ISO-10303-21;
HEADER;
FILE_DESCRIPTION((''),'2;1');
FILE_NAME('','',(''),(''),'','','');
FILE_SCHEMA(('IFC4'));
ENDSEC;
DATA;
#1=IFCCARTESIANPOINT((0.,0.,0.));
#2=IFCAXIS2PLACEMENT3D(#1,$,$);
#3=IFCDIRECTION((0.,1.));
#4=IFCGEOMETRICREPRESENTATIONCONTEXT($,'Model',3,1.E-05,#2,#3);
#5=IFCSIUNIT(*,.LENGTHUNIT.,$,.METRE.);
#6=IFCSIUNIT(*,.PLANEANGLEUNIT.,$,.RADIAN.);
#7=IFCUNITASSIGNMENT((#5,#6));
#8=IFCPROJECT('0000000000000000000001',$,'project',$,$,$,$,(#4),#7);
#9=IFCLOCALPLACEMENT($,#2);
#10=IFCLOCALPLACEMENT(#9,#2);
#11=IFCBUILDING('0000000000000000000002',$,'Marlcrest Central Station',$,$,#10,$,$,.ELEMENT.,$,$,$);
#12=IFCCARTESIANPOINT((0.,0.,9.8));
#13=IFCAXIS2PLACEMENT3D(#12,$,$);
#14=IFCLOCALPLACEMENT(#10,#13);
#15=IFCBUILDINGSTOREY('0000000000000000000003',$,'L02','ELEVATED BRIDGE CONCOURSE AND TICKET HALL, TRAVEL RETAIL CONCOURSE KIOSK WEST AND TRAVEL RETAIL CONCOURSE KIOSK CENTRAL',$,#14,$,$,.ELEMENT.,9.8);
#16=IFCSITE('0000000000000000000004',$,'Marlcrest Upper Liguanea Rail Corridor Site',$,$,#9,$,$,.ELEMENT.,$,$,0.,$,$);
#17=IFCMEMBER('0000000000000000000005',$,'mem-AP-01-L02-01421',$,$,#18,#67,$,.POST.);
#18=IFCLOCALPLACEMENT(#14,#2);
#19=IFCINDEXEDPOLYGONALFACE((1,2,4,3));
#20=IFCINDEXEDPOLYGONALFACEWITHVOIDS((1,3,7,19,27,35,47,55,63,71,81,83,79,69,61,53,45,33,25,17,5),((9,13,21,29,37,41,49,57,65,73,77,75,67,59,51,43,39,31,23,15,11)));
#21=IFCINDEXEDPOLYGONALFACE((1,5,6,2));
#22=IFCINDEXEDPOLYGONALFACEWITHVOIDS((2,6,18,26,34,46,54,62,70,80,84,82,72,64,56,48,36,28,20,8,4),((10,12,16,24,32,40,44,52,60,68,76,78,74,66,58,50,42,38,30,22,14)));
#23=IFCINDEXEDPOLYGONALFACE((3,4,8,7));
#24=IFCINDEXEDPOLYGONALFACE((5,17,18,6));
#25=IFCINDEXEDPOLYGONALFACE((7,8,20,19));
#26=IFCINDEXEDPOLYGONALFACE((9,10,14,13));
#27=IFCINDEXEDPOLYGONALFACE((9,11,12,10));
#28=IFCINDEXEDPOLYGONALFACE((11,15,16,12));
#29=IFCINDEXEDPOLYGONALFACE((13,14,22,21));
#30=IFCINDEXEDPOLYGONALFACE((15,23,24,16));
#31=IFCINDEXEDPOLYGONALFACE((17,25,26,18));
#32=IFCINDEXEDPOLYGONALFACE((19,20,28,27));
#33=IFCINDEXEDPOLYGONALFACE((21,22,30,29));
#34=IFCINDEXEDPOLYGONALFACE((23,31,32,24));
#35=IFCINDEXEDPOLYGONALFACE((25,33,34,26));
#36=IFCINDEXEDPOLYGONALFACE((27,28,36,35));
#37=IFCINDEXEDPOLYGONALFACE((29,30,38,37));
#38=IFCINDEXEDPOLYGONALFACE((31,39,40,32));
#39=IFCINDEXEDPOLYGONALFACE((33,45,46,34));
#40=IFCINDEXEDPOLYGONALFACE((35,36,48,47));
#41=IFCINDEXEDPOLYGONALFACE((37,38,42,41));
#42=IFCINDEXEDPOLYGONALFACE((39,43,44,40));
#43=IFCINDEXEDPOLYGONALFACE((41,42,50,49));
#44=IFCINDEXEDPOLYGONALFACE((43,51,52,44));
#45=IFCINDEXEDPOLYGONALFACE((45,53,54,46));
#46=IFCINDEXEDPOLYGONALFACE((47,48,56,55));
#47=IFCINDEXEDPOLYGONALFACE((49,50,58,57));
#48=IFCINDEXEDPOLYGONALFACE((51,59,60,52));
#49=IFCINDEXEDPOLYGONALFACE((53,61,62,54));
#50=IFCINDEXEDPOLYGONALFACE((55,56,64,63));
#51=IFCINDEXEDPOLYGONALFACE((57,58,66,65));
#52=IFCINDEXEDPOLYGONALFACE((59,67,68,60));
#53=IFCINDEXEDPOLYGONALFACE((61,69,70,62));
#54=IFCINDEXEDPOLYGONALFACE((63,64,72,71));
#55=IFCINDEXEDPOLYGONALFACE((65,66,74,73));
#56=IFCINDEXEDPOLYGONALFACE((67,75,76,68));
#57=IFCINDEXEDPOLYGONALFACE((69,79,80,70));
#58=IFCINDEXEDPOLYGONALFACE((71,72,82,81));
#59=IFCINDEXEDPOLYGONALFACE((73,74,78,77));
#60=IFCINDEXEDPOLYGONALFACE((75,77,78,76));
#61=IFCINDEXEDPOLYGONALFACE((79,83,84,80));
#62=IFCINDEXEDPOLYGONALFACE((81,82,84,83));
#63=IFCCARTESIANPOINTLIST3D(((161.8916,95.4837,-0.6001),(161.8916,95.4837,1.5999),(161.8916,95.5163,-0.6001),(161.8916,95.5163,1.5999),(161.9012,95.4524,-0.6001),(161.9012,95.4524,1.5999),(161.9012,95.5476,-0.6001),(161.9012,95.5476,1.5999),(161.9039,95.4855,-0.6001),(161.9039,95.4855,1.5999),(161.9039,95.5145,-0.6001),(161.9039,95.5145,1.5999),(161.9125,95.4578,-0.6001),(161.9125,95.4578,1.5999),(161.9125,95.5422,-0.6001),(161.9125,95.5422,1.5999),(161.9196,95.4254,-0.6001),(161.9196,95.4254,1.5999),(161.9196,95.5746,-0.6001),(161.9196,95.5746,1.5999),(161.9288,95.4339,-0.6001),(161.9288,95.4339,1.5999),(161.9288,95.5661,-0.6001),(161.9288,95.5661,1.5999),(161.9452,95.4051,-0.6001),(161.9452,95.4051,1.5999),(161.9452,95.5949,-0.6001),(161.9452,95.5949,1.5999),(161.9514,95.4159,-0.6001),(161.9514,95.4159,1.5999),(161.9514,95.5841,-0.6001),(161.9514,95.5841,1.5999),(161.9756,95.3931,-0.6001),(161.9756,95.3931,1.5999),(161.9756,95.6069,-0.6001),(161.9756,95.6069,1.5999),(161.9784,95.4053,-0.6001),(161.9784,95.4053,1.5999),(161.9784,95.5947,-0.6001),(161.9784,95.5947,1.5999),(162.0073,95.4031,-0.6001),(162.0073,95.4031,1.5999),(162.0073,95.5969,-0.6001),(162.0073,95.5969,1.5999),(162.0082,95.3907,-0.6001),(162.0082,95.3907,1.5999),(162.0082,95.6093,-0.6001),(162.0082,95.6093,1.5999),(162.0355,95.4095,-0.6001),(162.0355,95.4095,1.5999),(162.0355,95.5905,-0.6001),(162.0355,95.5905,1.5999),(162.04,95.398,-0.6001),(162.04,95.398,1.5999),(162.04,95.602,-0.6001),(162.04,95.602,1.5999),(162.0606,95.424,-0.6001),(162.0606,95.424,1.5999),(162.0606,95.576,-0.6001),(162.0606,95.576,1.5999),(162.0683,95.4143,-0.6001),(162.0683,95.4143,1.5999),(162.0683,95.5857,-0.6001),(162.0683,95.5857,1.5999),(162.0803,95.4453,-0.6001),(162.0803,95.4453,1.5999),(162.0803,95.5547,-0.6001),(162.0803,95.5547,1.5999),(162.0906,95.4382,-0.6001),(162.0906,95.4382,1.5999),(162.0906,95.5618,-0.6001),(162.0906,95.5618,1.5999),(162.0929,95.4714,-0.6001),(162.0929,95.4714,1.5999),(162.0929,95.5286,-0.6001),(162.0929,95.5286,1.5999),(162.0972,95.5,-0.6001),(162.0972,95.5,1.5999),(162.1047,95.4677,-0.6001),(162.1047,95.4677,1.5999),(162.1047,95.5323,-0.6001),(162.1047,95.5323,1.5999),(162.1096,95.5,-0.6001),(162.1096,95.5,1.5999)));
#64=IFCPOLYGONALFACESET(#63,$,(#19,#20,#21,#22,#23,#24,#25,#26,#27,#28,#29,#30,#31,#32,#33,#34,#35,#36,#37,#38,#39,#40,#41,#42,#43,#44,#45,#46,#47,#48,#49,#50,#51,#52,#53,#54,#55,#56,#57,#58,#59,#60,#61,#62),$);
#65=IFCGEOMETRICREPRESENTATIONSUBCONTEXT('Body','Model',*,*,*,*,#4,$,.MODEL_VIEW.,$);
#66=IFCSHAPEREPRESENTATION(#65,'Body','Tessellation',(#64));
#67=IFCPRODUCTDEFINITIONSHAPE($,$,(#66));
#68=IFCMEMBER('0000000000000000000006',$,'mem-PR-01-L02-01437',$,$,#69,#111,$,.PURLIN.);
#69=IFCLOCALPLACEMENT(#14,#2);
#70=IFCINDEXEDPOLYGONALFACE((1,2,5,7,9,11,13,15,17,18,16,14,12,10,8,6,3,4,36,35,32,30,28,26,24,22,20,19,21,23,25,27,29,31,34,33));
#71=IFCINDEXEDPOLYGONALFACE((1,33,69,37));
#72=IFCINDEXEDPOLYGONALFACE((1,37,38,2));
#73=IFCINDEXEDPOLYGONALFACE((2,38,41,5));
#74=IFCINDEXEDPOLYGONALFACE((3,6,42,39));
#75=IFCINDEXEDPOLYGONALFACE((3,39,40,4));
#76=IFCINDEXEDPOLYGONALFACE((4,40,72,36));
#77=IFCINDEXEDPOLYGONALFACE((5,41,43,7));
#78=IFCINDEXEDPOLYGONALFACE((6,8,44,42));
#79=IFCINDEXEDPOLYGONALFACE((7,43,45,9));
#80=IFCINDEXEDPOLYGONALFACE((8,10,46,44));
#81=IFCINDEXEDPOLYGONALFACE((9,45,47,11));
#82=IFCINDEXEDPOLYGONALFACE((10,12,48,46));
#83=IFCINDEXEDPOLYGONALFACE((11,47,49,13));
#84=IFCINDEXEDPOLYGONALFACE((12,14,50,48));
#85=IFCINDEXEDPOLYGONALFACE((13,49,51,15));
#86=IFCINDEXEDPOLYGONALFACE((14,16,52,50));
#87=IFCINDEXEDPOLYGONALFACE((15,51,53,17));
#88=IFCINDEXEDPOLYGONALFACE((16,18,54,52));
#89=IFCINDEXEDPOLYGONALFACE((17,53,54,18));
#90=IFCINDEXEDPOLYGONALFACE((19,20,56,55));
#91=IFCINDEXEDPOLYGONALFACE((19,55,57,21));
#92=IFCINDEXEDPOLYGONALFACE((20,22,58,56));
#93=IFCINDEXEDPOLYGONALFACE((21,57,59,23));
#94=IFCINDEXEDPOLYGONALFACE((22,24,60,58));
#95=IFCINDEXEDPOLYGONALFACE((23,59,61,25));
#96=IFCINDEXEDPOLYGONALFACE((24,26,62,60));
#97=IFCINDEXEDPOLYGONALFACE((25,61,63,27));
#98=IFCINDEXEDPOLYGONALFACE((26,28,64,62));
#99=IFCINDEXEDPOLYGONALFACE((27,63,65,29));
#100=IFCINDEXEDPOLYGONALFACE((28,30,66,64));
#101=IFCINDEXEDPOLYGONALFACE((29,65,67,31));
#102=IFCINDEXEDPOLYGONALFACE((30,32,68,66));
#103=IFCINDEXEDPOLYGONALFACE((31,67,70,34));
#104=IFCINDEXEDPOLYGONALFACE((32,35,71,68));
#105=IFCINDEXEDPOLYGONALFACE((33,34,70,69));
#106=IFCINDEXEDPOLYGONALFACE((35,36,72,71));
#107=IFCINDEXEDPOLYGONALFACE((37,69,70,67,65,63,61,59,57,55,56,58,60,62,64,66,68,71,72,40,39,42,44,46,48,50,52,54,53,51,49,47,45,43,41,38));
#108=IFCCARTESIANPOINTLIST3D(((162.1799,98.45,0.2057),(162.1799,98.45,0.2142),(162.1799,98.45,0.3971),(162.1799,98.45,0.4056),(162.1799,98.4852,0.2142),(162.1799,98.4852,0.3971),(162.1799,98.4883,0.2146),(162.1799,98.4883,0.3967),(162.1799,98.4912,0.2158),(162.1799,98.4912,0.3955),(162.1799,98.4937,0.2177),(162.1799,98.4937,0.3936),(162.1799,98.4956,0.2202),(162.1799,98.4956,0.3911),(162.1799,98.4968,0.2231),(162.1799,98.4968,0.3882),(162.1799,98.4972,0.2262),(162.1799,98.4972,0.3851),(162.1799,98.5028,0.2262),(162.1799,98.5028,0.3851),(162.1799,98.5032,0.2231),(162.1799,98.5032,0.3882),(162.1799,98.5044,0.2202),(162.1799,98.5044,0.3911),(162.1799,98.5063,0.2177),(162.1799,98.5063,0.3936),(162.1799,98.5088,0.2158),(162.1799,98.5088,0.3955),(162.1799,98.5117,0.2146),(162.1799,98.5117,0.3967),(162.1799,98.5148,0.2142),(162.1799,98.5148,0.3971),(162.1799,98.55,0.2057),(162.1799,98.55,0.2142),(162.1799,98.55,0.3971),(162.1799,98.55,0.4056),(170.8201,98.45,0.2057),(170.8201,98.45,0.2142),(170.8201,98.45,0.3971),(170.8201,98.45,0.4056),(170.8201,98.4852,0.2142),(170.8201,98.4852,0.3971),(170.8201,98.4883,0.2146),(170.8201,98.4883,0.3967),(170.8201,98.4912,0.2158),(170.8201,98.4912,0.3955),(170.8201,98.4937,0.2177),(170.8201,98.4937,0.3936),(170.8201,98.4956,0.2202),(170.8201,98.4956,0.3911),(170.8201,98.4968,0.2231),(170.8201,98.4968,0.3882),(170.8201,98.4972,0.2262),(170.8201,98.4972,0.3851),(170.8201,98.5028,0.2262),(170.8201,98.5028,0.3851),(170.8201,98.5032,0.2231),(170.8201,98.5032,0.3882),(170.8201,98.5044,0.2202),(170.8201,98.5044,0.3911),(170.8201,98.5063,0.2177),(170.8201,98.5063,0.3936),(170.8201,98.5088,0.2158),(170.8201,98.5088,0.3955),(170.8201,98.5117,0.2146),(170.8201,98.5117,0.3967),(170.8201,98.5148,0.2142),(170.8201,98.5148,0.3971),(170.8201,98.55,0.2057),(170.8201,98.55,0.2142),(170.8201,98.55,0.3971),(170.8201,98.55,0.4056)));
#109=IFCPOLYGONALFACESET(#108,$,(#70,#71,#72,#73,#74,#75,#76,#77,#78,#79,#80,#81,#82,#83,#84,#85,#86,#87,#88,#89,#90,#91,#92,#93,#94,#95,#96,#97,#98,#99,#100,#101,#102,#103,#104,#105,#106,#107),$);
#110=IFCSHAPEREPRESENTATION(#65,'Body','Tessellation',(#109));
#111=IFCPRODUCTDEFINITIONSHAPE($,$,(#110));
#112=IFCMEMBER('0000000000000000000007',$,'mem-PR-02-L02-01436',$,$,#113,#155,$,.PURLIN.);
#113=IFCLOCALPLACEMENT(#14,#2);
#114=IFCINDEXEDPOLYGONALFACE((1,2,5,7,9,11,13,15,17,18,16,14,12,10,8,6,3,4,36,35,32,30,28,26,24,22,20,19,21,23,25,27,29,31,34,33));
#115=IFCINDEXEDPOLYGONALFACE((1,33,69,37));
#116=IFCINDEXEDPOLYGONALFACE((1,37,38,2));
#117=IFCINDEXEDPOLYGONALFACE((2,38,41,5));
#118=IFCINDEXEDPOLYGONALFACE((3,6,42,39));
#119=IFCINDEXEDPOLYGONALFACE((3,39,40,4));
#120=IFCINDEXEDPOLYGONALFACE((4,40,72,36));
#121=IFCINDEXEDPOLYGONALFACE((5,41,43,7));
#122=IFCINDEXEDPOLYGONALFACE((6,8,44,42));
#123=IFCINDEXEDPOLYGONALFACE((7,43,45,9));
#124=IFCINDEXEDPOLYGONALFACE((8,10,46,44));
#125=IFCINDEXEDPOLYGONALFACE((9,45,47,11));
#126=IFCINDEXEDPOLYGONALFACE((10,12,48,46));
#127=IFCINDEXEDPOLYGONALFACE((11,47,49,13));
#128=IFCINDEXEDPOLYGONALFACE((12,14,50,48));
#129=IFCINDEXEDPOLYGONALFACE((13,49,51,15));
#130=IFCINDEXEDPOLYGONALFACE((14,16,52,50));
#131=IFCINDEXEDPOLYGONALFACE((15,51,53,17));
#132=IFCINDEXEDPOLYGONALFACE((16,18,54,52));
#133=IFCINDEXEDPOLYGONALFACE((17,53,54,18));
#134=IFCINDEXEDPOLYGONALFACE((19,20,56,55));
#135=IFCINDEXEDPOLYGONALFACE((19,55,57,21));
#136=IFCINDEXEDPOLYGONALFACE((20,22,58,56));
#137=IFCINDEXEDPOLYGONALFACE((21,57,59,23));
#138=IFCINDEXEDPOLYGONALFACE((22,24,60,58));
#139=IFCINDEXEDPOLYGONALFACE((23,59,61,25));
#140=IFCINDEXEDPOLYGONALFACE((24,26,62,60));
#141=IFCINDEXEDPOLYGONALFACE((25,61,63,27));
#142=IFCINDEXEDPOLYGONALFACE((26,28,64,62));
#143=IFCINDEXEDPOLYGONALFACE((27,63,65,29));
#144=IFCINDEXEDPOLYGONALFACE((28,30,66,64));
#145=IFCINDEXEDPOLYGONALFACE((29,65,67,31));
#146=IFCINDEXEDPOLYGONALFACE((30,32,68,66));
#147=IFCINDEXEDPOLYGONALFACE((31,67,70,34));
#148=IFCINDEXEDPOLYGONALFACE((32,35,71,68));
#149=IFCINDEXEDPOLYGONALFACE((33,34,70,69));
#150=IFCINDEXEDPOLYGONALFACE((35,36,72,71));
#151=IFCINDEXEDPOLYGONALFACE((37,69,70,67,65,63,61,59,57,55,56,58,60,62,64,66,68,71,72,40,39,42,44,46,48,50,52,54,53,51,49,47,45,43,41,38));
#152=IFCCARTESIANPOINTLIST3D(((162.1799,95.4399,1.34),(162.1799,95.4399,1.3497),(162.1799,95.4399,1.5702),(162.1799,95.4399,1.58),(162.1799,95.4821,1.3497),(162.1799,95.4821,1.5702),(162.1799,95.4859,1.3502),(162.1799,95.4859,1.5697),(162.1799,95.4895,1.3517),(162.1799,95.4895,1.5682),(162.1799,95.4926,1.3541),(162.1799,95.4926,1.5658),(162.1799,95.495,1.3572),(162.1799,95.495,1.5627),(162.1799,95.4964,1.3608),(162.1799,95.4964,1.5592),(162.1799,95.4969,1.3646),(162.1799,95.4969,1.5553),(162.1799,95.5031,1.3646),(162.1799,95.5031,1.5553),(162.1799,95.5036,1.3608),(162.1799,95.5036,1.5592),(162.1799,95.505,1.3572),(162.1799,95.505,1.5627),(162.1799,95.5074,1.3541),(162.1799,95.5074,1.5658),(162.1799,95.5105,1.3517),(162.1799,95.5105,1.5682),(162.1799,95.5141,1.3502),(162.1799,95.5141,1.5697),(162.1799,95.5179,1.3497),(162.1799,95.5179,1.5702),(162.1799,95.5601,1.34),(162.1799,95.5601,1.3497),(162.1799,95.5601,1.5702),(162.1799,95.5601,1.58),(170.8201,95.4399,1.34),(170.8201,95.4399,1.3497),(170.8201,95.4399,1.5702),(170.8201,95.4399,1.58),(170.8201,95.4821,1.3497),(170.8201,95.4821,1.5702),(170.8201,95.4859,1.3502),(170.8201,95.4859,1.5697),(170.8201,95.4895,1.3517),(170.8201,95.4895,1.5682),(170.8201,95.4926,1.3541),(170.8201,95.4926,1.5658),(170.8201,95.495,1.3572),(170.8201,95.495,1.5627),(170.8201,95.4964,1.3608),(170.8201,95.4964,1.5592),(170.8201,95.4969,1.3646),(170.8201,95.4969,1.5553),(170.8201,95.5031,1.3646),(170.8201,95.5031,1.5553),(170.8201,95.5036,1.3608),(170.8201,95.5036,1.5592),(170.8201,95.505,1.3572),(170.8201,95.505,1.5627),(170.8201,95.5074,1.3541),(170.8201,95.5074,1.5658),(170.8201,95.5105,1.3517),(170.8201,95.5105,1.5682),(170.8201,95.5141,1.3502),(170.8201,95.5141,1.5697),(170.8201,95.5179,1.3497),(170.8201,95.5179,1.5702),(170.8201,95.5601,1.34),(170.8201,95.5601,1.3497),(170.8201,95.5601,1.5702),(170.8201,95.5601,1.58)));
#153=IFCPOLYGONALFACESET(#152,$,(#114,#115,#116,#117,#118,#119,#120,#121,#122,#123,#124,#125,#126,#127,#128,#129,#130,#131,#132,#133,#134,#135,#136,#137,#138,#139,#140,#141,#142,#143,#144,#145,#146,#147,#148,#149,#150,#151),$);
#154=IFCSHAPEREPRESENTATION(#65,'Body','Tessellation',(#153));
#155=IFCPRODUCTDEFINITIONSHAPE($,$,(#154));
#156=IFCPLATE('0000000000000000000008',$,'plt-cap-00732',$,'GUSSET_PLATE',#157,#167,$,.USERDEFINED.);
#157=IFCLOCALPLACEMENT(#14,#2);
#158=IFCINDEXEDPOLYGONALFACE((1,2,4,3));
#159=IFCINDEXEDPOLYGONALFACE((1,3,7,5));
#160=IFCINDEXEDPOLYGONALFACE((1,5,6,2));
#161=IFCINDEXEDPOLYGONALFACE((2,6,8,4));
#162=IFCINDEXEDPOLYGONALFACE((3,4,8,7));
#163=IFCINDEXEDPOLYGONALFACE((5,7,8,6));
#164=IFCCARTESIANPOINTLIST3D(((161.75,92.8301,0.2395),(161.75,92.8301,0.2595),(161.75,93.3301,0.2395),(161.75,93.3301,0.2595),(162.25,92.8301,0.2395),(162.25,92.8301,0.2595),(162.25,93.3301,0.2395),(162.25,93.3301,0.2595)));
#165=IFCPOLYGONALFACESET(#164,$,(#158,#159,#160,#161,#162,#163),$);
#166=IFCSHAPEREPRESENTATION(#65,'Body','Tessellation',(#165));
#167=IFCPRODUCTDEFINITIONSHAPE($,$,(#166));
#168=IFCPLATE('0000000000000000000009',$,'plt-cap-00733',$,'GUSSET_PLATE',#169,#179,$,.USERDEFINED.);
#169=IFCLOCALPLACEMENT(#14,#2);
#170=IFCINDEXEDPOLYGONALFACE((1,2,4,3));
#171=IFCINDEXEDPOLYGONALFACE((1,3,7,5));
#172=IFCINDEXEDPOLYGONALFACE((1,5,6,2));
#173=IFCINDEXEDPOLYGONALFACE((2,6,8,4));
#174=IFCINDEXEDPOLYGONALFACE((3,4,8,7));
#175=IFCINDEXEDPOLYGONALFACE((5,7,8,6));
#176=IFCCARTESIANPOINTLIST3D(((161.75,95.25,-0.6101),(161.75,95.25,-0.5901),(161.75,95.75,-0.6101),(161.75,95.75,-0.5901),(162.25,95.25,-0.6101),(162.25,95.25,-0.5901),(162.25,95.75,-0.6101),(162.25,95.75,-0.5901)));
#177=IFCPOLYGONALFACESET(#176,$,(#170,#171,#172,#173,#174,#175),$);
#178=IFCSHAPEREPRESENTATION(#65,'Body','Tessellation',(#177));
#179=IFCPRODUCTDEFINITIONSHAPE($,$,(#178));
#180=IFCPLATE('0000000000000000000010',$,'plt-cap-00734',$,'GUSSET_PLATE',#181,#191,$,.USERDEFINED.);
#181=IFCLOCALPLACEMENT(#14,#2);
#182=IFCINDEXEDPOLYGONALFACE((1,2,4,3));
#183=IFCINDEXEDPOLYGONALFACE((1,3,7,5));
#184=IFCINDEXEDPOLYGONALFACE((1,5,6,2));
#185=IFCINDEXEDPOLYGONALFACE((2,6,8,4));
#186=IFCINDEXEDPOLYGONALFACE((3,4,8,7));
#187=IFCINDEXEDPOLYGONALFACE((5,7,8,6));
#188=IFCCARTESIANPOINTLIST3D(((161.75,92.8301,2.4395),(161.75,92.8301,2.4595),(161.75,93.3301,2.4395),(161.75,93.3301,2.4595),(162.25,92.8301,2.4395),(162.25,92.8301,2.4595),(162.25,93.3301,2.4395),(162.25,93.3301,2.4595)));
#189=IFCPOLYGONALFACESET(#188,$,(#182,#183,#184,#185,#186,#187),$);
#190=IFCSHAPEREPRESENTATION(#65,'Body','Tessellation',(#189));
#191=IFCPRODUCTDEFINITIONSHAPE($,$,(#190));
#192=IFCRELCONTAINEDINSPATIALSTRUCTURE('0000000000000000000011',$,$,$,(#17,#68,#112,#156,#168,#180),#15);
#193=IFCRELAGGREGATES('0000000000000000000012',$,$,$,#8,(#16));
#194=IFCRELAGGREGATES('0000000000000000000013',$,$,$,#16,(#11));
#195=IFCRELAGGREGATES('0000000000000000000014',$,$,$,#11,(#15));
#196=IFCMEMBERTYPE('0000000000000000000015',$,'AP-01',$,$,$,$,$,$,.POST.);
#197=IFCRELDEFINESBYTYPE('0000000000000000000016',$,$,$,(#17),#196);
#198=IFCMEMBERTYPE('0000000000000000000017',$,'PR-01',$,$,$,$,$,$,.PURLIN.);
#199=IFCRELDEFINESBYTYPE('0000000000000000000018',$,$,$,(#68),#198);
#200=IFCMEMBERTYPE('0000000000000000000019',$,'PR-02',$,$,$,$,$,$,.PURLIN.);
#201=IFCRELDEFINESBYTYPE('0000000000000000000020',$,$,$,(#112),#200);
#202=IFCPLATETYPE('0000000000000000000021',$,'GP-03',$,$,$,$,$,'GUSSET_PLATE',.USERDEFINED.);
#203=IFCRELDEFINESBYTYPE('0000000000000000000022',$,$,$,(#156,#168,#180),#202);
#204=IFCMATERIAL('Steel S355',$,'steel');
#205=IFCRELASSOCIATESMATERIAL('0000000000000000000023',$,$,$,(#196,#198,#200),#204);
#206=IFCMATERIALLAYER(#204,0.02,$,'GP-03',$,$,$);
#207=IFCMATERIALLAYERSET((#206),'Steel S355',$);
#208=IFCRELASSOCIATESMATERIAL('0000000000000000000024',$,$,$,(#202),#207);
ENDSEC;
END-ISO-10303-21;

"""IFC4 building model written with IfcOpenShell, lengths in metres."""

from ifc_helpers import new_model, si_unit, direction, frame, origin, origin_2d, place, context, subcontext, project, spatial, rectangle, hollow_circle, i_section, extrude, material, layer, layer_set, material_profile, profile_set, type_object, element, save


model = new_model("IFC4")

# Units and contexts
model_context = context("Model", 3, precision=1e-05, world=origin(), true_north=direction((0.0, 1.0)))
body_context = subcontext(model_context, "Body", "Model", "MODEL_VIEW")
ifc_project = project(units=[si_unit("LENGTHUNIT", "METRE"), si_unit("PLANEANGLEUNIT", "RADIAN")], contexts=[model_context])

# Site, building, storey
site_placement = place(None, origin())
site = spatial("IfcSite", under=ifc_project, at=site_placement, Name="Marlcrest Upper Liguanea Rail Corridor Site", CompositionType="ELEMENT", RefElevation=0.0)
building_placement = place(site_placement, origin())
building = spatial("IfcBuilding", under=site, at=building_placement, Name="Marlcrest Central Station", CompositionType="ELEMENT")
storey_placement = place(building_placement, frame((0.0, 0.0, 9.8)))
storey = spatial("IfcBuildingStorey", under=building, at=storey_placement, Name="L02", Description="ELEVATED BRIDGE CONCOURSE AND TICKET HALL, TRAVEL RETAIL CONCOURSE KIOSK WEST AND TRAVEL RETAIL CONCOURSE KIOSK CENTRAL", CompositionType="ELEMENT", Elevation=9.8)

# Members
ifc_material_1 = material(Name="Steel S355", Category="steel")
ifc_material_profile_1 = material_profile(ifc_material_1, hollow_circle(Radius=0.1096, WallThickness=0.0125, at=origin_2d()), Name="CHS 219.1x12.5")
ifc_profile_set_1 = profile_set([ifc_material_profile_1], Name="Steel S355")
member_type_1 = type_object("IfcMemberType", Name="AP-01", PredefinedType="POST", material=ifc_profile_set_1)
for number, where, z_axis, x_axis, name in (
    (1, (162.0, 95.5, -0.6001), (0.0, 0.0, 1.0), (1.0, 0.0, 0.0), "mem-AP-01-L02-01421"),
):
    element("IfcMember", number, at=place(storey_placement, frame(where, z_axis=z_axis, x_axis=x_axis)), inside=storey, type_object=member_type_1, Name=name, PredefinedType="POST", context=body_context, shape_type="SweptSolid", body=[
        extrude(hollow_circle(Radius=0.1096, WallThickness=0.0125, at=origin_2d()), origin(), (0.0, 0.0, 1.0), 2.2),
    ])
ifc_material_profile_2 = material_profile(ifc_material_1, i_section(OverallWidth=0.1001, OverallDepth=0.2, WebThickness=0.0056, FlangeThickness=0.0085, FilletRadius=0.012, at=origin_2d()), Name="IPE 200")
ifc_profile_set_2 = profile_set([ifc_material_profile_2], Name="Steel S355")
member_type_2 = type_object("IfcMemberType", Name="PR-01", PredefinedType="PURLIN", material=ifc_profile_set_2)
member_1_placement = place(storey_placement, frame((162.1799, 98.5, 0.3057), z_axis=(1.0, 0.0, 0.0), x_axis=(0.0, 1.0, 0.0)))
element("IfcMember", 2, at=member_1_placement, inside=storey, type_object=member_type_2, Name="mem-PR-01-L02-01437", PredefinedType="PURLIN", context=body_context, shape_type="SweptSolid", body=[
    extrude(i_section(OverallWidth=0.1001, OverallDepth=0.2, WebThickness=0.0056, FlangeThickness=0.0085, FilletRadius=0.012, at=origin_2d()), origin(), (0.0, 0.0, 1.0), 8.6401),
])
ifc_material_profile_3 = material_profile(ifc_material_1, i_section(OverallWidth=0.1201, OverallDepth=0.24, WebThickness=0.0061, FlangeThickness=0.0098, FilletRadius=0.0149, at=origin_2d()), Name="IPE 240")
ifc_profile_set_3 = profile_set([ifc_material_profile_3], Name="Steel S355")
member_type_3 = type_object("IfcMemberType", Name="PR-02", PredefinedType="PURLIN", material=ifc_profile_set_3)
member_2_placement = place(storey_placement, frame((162.1799, 95.5, 1.46), z_axis=(1.0, 0.0, 0.0), x_axis=(0.0, 1.0, 0.0)))
element("IfcMember", 3, at=member_2_placement, inside=storey, type_object=member_type_3, Name="mem-PR-02-L02-01436", PredefinedType="PURLIN", context=body_context, shape_type="SweptSolid", body=[
    extrude(i_section(OverallWidth=0.1201, OverallDepth=0.24, WebThickness=0.0061, FlangeThickness=0.0098, FilletRadius=0.0149, at=origin_2d()), origin(), (0.0, 0.0, 1.0), 8.6401),
])

# Plates
ifc_layer_1 = layer(ifc_material_1, 0.02, Name="GP-03")
ifc_layer_set_1 = layer_set([ifc_layer_1], Name="Steel S355")
plate_type = type_object("IfcPlateType", Name="GP-03", ElementType="GUSSET_PLATE", PredefinedType="USERDEFINED", material=ifc_layer_set_1)
for number, where, z_axis, x_axis, name in (
    (4, (162.0, 93.0801, 0.2395), (0.0, 0.0, 1.0), (1.0, 0.0, 0.0), "plt-cap-00732"),
    (5, (162.0, 95.5, -0.6101), (0.0, 0.0, 1.0), (1.0, 0.0, 0.0), "plt-cap-00733"),
    (6, (162.0, 93.0801, 2.4395), (0.0, 0.0, 1.0), (1.0, 0.0, 0.0), "plt-cap-00734"),
):
    element("IfcPlate", number, at=place(storey_placement, frame(where, z_axis=z_axis, x_axis=x_axis)), inside=storey, type_object=plate_type, Name=name, ObjectType="GUSSET_PLATE", PredefinedType="USERDEFINED", context=body_context, shape_type="SweptSolid", body=[
        extrude(rectangle(XDim=0.5, YDim=0.5, at=origin_2d()), origin(), (0.0, 0.0, 1.0), 0.02),
    ])

save(model, "model.ifc")
